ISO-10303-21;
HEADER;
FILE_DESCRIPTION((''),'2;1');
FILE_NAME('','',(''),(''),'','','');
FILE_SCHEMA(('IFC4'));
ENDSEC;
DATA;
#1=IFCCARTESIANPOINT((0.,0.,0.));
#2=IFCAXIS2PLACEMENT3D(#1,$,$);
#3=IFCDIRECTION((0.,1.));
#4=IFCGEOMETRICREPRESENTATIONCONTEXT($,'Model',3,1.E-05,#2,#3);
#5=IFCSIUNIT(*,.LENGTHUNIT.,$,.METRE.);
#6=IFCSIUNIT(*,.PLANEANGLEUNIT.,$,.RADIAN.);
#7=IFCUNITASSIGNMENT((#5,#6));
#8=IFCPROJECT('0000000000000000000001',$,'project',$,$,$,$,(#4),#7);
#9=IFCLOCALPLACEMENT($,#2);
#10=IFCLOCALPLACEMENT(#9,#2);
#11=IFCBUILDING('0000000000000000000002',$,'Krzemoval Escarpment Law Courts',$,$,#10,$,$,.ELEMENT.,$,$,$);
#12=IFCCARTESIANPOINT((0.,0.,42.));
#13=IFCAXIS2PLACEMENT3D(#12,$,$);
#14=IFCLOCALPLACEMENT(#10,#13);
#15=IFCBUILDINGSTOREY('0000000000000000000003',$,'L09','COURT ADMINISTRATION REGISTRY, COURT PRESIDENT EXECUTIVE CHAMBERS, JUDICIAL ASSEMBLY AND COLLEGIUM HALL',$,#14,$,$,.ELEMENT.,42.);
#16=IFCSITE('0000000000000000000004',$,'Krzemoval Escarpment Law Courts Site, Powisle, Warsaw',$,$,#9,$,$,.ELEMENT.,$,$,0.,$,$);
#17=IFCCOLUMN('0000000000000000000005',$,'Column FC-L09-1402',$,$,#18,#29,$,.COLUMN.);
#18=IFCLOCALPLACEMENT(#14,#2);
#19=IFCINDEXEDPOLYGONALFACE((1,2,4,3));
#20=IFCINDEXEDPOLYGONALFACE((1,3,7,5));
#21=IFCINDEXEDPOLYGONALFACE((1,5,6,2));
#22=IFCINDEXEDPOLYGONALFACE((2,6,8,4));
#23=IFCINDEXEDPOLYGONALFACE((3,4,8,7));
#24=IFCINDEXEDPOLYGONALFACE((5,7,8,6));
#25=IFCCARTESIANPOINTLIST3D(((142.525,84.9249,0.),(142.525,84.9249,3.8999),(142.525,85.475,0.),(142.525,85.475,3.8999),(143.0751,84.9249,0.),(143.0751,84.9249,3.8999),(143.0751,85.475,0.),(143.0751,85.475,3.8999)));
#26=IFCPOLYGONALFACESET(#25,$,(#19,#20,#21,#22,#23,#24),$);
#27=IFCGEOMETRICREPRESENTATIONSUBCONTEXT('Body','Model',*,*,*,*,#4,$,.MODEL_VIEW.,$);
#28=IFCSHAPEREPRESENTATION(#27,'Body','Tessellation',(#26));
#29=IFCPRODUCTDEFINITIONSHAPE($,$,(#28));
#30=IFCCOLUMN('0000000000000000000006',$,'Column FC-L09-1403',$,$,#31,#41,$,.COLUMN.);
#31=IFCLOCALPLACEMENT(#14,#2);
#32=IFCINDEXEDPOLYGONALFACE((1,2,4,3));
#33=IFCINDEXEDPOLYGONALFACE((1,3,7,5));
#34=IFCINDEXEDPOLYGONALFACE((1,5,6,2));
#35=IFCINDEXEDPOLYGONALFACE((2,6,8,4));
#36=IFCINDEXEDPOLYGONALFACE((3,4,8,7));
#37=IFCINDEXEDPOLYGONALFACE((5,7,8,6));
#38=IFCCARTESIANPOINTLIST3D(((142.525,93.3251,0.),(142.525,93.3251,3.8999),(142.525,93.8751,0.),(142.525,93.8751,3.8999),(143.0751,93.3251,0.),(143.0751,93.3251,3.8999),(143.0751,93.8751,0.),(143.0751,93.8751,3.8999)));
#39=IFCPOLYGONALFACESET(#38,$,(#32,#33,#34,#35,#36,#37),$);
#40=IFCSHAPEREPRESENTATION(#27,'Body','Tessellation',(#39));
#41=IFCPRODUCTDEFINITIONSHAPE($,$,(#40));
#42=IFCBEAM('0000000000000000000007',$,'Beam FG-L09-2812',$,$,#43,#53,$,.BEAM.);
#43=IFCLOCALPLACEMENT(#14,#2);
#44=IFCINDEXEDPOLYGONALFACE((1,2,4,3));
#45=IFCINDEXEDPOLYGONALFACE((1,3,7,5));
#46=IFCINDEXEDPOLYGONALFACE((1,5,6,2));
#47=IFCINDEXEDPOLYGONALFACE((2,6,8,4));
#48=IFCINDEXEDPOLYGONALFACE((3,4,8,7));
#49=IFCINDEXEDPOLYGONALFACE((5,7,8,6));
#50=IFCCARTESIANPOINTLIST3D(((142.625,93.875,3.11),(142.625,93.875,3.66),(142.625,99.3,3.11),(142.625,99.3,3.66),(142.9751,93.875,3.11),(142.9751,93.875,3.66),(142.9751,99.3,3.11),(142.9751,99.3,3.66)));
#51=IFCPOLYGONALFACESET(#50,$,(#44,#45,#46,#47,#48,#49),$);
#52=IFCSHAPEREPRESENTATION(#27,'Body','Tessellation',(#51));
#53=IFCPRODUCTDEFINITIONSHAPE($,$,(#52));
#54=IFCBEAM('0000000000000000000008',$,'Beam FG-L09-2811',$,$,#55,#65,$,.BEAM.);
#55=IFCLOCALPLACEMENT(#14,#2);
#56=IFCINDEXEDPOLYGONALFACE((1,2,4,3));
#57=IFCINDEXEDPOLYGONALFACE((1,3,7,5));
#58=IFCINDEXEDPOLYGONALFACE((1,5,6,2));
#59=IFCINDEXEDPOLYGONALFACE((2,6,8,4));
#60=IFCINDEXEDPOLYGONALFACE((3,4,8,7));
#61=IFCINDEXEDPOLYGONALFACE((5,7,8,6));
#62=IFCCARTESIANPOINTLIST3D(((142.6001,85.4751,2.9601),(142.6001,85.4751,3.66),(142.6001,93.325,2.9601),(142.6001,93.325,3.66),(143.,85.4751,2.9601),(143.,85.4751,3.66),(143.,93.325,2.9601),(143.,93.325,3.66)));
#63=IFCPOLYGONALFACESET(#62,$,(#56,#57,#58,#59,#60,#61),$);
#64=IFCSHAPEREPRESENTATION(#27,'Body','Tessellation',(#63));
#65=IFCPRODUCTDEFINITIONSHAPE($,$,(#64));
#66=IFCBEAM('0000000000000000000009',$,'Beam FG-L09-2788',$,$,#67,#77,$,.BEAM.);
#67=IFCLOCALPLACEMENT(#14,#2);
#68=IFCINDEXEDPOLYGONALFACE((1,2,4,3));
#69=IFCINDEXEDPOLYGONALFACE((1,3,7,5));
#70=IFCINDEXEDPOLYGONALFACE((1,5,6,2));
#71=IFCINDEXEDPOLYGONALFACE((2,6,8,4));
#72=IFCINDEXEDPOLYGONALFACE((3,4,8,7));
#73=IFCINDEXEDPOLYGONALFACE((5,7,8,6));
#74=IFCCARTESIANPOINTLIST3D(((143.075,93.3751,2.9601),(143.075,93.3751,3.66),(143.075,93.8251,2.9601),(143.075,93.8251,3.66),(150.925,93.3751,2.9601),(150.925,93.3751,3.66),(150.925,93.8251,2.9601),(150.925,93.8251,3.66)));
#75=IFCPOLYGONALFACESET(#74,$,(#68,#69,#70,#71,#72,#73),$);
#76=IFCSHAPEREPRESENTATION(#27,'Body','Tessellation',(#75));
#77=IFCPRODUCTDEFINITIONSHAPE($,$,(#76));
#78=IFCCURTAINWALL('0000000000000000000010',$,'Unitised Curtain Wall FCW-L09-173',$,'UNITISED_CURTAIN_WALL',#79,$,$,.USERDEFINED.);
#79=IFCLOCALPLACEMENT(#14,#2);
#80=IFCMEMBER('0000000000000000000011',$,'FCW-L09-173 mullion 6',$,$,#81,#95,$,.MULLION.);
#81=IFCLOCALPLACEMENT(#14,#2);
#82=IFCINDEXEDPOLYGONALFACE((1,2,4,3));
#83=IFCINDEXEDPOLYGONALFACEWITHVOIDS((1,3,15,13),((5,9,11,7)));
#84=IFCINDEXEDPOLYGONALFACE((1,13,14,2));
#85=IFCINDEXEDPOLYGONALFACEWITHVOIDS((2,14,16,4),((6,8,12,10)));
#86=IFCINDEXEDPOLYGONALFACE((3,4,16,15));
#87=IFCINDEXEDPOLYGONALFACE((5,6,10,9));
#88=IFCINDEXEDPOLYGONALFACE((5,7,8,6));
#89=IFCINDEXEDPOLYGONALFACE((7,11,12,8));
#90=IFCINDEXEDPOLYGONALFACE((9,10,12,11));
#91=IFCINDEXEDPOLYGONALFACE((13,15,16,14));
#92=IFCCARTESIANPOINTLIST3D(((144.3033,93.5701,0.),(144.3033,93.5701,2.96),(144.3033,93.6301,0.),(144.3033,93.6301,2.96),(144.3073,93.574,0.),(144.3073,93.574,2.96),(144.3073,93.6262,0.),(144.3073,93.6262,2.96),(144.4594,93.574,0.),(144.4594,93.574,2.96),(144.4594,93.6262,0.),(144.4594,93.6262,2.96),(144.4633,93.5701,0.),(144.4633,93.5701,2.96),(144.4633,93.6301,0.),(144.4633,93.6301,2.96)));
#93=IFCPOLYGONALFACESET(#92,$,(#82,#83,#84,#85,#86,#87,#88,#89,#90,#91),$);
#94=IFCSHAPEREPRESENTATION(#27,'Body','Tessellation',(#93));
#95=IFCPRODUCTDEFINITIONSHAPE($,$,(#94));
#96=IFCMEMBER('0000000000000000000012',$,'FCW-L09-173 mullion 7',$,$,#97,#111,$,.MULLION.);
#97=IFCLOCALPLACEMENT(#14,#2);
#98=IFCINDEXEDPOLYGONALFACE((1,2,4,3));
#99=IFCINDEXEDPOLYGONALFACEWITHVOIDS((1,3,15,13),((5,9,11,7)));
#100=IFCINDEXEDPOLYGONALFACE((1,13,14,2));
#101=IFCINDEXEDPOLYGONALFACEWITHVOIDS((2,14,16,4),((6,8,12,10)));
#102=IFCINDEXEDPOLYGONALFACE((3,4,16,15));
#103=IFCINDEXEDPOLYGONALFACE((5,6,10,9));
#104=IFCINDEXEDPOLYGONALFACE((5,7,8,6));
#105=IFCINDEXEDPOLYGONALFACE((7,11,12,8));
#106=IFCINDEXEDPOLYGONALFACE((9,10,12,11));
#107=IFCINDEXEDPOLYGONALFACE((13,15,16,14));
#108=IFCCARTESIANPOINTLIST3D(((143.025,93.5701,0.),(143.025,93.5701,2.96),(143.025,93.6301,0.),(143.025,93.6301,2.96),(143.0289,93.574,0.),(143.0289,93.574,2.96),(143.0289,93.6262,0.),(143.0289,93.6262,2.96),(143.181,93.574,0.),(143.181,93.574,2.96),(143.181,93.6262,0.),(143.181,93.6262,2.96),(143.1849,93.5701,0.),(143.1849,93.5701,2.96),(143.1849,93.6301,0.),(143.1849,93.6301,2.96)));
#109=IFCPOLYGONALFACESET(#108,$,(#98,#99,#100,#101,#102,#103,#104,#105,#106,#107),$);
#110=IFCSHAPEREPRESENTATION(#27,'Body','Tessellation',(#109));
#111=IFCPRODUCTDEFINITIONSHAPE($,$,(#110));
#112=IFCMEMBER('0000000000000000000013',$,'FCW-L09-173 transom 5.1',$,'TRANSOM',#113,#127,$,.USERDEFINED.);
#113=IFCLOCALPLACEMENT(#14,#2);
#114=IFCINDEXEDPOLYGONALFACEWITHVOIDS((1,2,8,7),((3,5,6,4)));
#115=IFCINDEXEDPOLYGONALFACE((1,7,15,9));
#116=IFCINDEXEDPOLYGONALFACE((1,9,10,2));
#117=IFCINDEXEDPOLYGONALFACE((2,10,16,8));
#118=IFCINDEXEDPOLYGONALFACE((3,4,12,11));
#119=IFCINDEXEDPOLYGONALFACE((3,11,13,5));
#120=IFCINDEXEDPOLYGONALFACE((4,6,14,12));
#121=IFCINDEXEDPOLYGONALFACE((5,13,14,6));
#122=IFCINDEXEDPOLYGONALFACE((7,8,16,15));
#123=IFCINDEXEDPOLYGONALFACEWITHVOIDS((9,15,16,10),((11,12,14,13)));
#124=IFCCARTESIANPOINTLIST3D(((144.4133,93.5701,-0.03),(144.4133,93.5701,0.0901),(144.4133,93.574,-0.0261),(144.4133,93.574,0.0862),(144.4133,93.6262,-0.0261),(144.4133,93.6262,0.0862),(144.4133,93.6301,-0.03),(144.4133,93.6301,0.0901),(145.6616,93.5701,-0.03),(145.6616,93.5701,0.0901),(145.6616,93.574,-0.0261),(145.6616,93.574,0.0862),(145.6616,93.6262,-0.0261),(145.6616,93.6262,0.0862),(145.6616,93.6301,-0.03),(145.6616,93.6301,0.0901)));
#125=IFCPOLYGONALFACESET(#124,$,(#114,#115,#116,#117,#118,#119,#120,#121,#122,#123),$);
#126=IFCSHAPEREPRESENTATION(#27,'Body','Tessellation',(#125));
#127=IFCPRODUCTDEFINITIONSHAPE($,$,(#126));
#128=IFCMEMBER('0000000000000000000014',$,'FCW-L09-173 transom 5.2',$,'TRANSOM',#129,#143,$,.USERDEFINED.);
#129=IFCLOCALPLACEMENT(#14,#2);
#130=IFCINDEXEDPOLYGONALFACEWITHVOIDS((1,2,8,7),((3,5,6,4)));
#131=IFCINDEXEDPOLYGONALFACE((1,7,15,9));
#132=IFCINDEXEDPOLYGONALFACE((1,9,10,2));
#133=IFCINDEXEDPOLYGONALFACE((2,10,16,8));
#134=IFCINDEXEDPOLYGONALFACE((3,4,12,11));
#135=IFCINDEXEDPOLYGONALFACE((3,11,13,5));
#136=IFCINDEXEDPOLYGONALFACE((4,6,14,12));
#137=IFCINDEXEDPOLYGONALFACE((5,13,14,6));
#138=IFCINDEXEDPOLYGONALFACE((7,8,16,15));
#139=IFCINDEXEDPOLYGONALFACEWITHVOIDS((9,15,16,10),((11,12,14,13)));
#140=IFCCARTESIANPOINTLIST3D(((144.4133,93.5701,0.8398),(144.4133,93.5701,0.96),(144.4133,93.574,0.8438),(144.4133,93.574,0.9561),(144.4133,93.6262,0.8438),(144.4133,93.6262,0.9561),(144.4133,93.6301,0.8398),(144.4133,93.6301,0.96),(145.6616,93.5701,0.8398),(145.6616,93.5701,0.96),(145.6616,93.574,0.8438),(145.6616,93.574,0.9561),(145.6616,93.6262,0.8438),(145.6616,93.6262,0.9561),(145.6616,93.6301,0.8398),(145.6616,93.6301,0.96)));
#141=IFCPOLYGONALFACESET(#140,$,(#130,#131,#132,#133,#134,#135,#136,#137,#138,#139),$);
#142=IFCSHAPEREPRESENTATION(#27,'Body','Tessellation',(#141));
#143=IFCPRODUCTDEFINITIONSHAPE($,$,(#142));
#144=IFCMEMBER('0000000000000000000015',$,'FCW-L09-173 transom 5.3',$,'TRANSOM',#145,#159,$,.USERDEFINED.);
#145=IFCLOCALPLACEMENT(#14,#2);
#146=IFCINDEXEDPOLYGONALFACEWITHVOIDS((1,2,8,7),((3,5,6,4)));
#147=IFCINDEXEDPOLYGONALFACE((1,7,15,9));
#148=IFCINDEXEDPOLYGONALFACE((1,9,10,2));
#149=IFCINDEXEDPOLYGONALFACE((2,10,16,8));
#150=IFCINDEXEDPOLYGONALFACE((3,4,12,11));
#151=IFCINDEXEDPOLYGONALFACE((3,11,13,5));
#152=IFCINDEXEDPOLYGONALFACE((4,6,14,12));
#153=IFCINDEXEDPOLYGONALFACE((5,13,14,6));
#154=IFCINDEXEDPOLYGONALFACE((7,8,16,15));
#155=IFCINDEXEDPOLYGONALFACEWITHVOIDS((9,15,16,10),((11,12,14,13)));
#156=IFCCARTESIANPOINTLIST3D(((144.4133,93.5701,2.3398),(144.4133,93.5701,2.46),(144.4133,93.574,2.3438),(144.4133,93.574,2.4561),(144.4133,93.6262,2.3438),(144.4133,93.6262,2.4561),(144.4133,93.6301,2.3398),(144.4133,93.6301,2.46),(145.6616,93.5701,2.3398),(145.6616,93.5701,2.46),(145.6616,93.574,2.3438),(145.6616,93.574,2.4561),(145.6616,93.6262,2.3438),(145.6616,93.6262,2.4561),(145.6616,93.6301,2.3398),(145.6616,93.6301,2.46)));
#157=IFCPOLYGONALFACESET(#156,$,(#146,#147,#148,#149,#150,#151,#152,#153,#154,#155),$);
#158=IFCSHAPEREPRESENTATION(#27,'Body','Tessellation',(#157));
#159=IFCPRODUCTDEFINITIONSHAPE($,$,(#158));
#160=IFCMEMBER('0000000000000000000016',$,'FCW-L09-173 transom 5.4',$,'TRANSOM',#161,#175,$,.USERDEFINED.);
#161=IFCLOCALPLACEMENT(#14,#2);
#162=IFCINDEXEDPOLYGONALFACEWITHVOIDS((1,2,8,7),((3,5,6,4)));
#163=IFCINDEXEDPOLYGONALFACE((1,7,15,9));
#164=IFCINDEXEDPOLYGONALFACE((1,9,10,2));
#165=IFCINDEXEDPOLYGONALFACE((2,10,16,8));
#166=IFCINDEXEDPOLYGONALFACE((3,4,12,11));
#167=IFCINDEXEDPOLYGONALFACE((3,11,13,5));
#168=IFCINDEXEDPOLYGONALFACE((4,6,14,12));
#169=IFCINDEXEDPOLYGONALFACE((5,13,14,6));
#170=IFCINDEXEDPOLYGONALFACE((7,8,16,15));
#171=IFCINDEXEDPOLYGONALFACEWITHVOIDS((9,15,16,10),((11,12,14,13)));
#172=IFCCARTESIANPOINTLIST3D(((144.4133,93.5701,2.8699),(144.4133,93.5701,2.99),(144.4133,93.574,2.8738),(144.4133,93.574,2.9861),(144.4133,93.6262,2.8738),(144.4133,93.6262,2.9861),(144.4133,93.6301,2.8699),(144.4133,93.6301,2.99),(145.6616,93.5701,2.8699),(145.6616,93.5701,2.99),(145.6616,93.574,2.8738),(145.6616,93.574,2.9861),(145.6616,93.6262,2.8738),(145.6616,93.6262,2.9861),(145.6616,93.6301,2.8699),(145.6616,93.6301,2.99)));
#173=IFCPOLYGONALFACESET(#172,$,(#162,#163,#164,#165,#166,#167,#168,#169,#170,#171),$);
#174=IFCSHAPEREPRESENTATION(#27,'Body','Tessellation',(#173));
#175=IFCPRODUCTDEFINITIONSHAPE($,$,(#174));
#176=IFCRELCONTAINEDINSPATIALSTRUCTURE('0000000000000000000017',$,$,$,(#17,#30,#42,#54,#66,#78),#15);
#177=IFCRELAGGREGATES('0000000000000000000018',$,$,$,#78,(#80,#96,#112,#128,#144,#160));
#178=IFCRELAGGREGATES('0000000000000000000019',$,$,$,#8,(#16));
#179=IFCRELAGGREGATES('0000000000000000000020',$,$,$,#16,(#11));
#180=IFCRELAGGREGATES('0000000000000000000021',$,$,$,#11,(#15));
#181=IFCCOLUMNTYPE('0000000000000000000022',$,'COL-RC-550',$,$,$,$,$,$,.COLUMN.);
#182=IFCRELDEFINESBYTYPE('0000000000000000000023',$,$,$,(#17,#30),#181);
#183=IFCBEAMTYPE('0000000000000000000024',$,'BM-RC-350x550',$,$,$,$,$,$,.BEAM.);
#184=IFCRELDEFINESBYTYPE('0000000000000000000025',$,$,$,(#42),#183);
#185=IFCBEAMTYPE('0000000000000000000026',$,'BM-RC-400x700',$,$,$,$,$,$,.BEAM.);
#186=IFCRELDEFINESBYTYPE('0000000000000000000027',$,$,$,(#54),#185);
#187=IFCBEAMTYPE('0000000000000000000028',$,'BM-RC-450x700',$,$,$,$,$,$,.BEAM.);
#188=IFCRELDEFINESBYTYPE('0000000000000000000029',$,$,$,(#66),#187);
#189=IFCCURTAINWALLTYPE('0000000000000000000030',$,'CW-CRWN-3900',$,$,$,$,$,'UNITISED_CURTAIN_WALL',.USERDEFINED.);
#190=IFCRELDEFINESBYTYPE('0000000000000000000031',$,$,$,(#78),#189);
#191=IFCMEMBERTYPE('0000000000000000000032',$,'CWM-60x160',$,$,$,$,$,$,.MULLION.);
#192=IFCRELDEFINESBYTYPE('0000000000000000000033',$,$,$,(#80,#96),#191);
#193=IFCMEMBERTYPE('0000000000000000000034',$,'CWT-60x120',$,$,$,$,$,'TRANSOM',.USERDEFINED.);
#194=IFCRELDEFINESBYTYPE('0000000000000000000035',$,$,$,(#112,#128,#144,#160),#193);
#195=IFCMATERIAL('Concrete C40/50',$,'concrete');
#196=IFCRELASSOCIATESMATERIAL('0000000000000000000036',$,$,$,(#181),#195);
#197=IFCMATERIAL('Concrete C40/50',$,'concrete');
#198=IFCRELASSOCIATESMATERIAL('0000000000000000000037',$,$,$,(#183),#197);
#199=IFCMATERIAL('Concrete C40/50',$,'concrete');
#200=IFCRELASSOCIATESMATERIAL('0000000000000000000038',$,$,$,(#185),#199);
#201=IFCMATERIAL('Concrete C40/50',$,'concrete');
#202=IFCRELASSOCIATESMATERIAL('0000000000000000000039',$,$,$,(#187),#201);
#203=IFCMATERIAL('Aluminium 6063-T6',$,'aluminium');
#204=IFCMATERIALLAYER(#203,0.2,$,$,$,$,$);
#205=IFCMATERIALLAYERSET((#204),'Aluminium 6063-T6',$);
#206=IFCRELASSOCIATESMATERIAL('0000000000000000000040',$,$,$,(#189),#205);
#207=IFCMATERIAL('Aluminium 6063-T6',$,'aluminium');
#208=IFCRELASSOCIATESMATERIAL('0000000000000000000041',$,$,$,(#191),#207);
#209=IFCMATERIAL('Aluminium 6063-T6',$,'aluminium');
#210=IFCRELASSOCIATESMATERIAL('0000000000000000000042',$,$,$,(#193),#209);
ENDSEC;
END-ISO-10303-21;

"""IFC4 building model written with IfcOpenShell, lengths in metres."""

from ifc_helpers import new_model, si_unit, direction, frame, origin, origin_2d, place, context, subcontext, project, spatial, rectangle, hollow_rectangle, extrude, material, layer, layer_set, material_profile, profile_set, type_object, element, aggregate, save


model = new_model("IFC4")

# Units and contexts
model_context = context("Model", 3, precision=1e-05, world=origin(), true_north=direction((0.0, 1.0)))
body_context = subcontext(model_context, "Body", "Model", "MODEL_VIEW")
ifc_project = project(units=[si_unit("LENGTHUNIT", "METRE"), si_unit("PLANEANGLEUNIT", "RADIAN")], contexts=[model_context])

# Site, building, storey
site_placement = place(None, origin())
site = spatial("IfcSite", under=ifc_project, at=site_placement, Name="Krzemoval Escarpment Law Courts Site, Powisle, Warsaw", CompositionType="ELEMENT", RefElevation=0.0)
building_placement = place(site_placement, origin())
building = spatial("IfcBuilding", under=site, at=building_placement, Name="Krzemoval Escarpment Law Courts", CompositionType="ELEMENT")
storey_placement = place(building_placement, frame((0.0, 0.0, 42.0)))
storey = spatial("IfcBuildingStorey", under=building, at=storey_placement, Name="L09", Description="COURT ADMINISTRATION REGISTRY, COURT PRESIDENT EXECUTIVE CHAMBERS, JUDICIAL ASSEMBLY AND COLLEGIUM HALL", CompositionType="ELEMENT", Elevation=42.0)

# Columns
ifc_material_1 = material(Name="Concrete C40/50", Category="concrete")
ifc_material_profile_1 = material_profile(ifc_material_1, rectangle(XDim=0.55, YDim=0.55, at=origin_2d()), Name="RC 550x550")
ifc_profile_set_1 = profile_set([ifc_material_profile_1], Name="Concrete C40/50")
column_type = type_object("IfcColumnType", Name="COL-RC-550", PredefinedType="COLUMN", material=ifc_profile_set_1)
for number, where, z_axis, x_axis, name in (
    (1, (142.8, 85.2, 0.0), (0.0, 0.0, 1.0), (1.0, 0.0, 0.0), "Column FC-L09-1402"),
    (2, (142.8, 93.6001, 0.0), (0.0, 0.0, 1.0), (1.0, 0.0, 0.0), "Column FC-L09-1403"),
):
    element("IfcColumn", number, at=place(storey_placement, frame(where, z_axis=z_axis, x_axis=x_axis)), inside=storey, type_object=column_type, Name=name, PredefinedType="COLUMN", context=body_context, shape_type="SweptSolid", body=[
        extrude(rectangle(XDim=0.55, YDim=0.55, at=origin_2d()), origin(), (0.0, 0.0, 1.0), 3.8999),
    ])

# Beams
ifc_material_2 = material(Name="Concrete C40/50", Category="concrete")
ifc_material_profile_2 = material_profile(ifc_material_2, rectangle(XDim=0.3501, YDim=0.55, at=origin_2d()), Name="RCB 350x550")
ifc_profile_set_2 = profile_set([ifc_material_profile_2], Name="Concrete C40/50")
beam_type_1 = type_object("IfcBeamType", Name="BM-RC-350x550", PredefinedType="BEAM", material=ifc_profile_set_2)
beam_1_placement = place(storey_placement, frame((142.8, 93.875, 3.385), z_axis=(0.0, 1.0, 0.0), x_axis=(-1.0, 0.0, 0.0)))
element("IfcBeam", 3, at=beam_1_placement, inside=storey, type_object=beam_type_1, Name="Beam FG-L09-2812", PredefinedType="BEAM", context=body_context, shape_type="SweptSolid", body=[
    extrude(rectangle(XDim=0.3501, YDim=0.55, at=origin_2d()), origin(), (0.0, 0.0, 1.0), 5.425),
])
ifc_material_3 = material(Name="Concrete C40/50", Category="concrete")
ifc_material_profile_3 = material_profile(ifc_material_3, rectangle(XDim=0.3999, YDim=0.7, at=origin_2d()), Name="RCB 400x700")
ifc_profile_set_3 = profile_set([ifc_material_profile_3], Name="Concrete C40/50")
beam_type_2 = type_object("IfcBeamType", Name="BM-RC-400x700", PredefinedType="BEAM", material=ifc_profile_set_3)
beam_2_placement = place(storey_placement, frame((142.8, 85.4751, 3.3101), z_axis=(0.0, 1.0, 0.0), x_axis=(-1.0, 0.0, 0.0)))
element("IfcBeam", 4, at=beam_2_placement, inside=storey, type_object=beam_type_2, Name="Beam FG-L09-2811", PredefinedType="BEAM", context=body_context, shape_type="SweptSolid", body=[
    extrude(rectangle(XDim=0.3999, YDim=0.7, at=origin_2d()), origin(), (0.0, 0.0, 1.0), 7.8499),
])
ifc_material_4 = material(Name="Concrete C40/50", Category="concrete")
ifc_material_profile_4 = material_profile(ifc_material_4, rectangle(XDim=0.45, YDim=0.7, at=origin_2d()), Name="RCB 450x700")
ifc_profile_set_4 = profile_set([ifc_material_profile_4], Name="Concrete C40/50")
beam_type_3 = type_object("IfcBeamType", Name="BM-RC-450x700", PredefinedType="BEAM", material=ifc_profile_set_4)
beam_3_placement = place(storey_placement, frame((143.075, 93.6001, 3.3101), z_axis=(1.0, 0.0, 0.0), x_axis=(0.0, 1.0, 0.0)))
element("IfcBeam", 5, at=beam_3_placement, inside=storey, type_object=beam_type_3, Name="Beam FG-L09-2788", PredefinedType="BEAM", context=body_context, shape_type="SweptSolid", body=[
    extrude(rectangle(XDim=0.45, YDim=0.7, at=origin_2d()), origin(), (0.0, 0.0, 1.0), 7.8501),
])

# Curtain wall, members
ifc_material_5 = material(Name="Aluminium 6063-T6", Category="aluminium")
ifc_layer_1 = layer(ifc_material_5, 0.2)
ifc_layer_set_1 = layer_set([ifc_layer_1], Name="Aluminium 6063-T6")
curtain_wall_type = type_object("IfcCurtainWallType", Name="CW-CRWN-3900", ElementType="UNITISED_CURTAIN_WALL", PredefinedType="USERDEFINED", material=ifc_layer_set_1)
curtain_wall_placement = place(storey_placement, origin())
curtain_wall = element("IfcCurtainWall", 6, at=curtain_wall_placement, inside=storey, type_object=curtain_wall_type, Name="Unitised Curtain Wall FCW-L09-173", ObjectType="UNITISED_CURTAIN_WALL", PredefinedType="USERDEFINED")
ifc_material_6 = material(Name="Aluminium 6063-T6", Category="aluminium")
ifc_material_profile_5 = material_profile(ifc_material_6, hollow_rectangle(XDim=0.0601, YDim=0.1599, WallThickness=0.0039, at=origin_2d()), Name="ALU M60x160")
ifc_profile_set_5 = profile_set([ifc_material_profile_5], Name="Aluminium 6063-T6")
member_type_1 = type_object("IfcMemberType", Name="CWM-60x160", PredefinedType="MULLION", material=ifc_profile_set_5)
member_1_placement = place(storey_placement, frame((144.3833, 93.6001, 0.0), z_axis=(0.0, 0.0, 1.0), x_axis=(0.0, -1.0, 0.0)))
member_1 = element("IfcMember", 7, at=member_1_placement, type_object=member_type_1, Name="FCW-L09-173 mullion 6", PredefinedType="MULLION", context=body_context, shape_type="SweptSolid", body=[
    extrude(hollow_rectangle(XDim=0.0601, YDim=0.1599, WallThickness=0.0039, at=origin_2d()), origin(), (0.0, 0.0, 1.0), 2.96),
])
member_2_placement = place(storey_placement, frame((143.105, 93.6001, 0.0), z_axis=(0.0, 0.0, 1.0), x_axis=(0.0, -1.0, 0.0)))
member_2 = element("IfcMember", 8, at=member_2_placement, type_object=member_type_1, Name="FCW-L09-173 mullion 7", PredefinedType="MULLION", context=body_context, shape_type="SweptSolid", body=[
    extrude(hollow_rectangle(XDim=0.0601, YDim=0.1599, WallThickness=0.0039, at=origin_2d()), origin(), (0.0, 0.0, 1.0), 2.96),
])
ifc_material_7 = material(Name="Aluminium 6063-T6", Category="aluminium")
ifc_material_profile_6 = material_profile(ifc_material_7, hollow_rectangle(XDim=0.0601, YDim=0.1201, WallThickness=0.0039, at=origin_2d()), Name="ALU T60x120")
ifc_profile_set_6 = profile_set([ifc_material_profile_6], Name="Aluminium 6063-T6")
member_type_2 = type_object("IfcMemberType", Name="CWT-60x120", ElementType="TRANSOM", PredefinedType="USERDEFINED", material=ifc_profile_set_6)
member_3_placement = place(storey_placement, frame((145.6616, 93.6001, 0.03), z_axis=(-1.0, 0.0, 0.0), x_axis=(0.0, -1.0, 0.0)))
member_3 = element("IfcMember", 9, at=member_3_placement, type_object=member_type_2, Name="FCW-L09-173 transom 5.1", ObjectType="TRANSOM", PredefinedType="USERDEFINED", context=body_context, shape_type="SweptSolid", body=[
    extrude(hollow_rectangle(XDim=0.0601, YDim=0.1201, WallThickness=0.0039, at=origin_2d()), origin(), (0.0, 0.0, 1.0), 1.2483),
])
member_4_placement = place(storey_placement, frame((145.6616, 93.6001, 0.8999), z_axis=(-1.0, 0.0, 0.0), x_axis=(0.0, -1.0, 0.0)))
member_4 = element("IfcMember", 10, at=member_4_placement, type_object=member_type_2, Name="FCW-L09-173 transom 5.2", ObjectType="TRANSOM", PredefinedType="USERDEFINED", context=body_context, shape_type="SweptSolid", body=[
    extrude(hollow_rectangle(XDim=0.0601, YDim=0.1201, WallThickness=0.0039, at=origin_2d()), origin(), (0.0, 0.0, 1.0), 1.2483),
])
member_5_placement = place(storey_placement, frame((145.6616, 93.6001, 2.3999), z_axis=(-1.0, 0.0, 0.0), x_axis=(0.0, -1.0, 0.0)))
member_5 = element("IfcMember", 11, at=member_5_placement, type_object=member_type_2, Name="FCW-L09-173 transom 5.3", ObjectType="TRANSOM", PredefinedType="USERDEFINED", context=body_context, shape_type="SweptSolid", body=[
    extrude(hollow_rectangle(XDim=0.0601, YDim=0.1201, WallThickness=0.0039, at=origin_2d()), origin(), (0.0, 0.0, 1.0), 1.2483),
])
member_6_placement = place(storey_placement, frame((145.6616, 93.6001, 2.9299), z_axis=(-1.0, 0.0, 0.0), x_axis=(0.0, -1.0, 0.0)))
member_6 = element("IfcMember", 12, at=member_6_placement, type_object=member_type_2, Name="FCW-L09-173 transom 5.4", ObjectType="TRANSOM", PredefinedType="USERDEFINED", context=body_context, shape_type="SweptSolid", body=[
    extrude(hollow_rectangle(XDim=0.0601, YDim=0.1201, WallThickness=0.0039, at=origin_2d()), origin(), (0.0, 0.0, 1.0), 1.2483),
])
aggregate(curtain_wall, [member_1, member_2, member_3, member_4, member_5, member_6])

save(model, "model.ifc")
